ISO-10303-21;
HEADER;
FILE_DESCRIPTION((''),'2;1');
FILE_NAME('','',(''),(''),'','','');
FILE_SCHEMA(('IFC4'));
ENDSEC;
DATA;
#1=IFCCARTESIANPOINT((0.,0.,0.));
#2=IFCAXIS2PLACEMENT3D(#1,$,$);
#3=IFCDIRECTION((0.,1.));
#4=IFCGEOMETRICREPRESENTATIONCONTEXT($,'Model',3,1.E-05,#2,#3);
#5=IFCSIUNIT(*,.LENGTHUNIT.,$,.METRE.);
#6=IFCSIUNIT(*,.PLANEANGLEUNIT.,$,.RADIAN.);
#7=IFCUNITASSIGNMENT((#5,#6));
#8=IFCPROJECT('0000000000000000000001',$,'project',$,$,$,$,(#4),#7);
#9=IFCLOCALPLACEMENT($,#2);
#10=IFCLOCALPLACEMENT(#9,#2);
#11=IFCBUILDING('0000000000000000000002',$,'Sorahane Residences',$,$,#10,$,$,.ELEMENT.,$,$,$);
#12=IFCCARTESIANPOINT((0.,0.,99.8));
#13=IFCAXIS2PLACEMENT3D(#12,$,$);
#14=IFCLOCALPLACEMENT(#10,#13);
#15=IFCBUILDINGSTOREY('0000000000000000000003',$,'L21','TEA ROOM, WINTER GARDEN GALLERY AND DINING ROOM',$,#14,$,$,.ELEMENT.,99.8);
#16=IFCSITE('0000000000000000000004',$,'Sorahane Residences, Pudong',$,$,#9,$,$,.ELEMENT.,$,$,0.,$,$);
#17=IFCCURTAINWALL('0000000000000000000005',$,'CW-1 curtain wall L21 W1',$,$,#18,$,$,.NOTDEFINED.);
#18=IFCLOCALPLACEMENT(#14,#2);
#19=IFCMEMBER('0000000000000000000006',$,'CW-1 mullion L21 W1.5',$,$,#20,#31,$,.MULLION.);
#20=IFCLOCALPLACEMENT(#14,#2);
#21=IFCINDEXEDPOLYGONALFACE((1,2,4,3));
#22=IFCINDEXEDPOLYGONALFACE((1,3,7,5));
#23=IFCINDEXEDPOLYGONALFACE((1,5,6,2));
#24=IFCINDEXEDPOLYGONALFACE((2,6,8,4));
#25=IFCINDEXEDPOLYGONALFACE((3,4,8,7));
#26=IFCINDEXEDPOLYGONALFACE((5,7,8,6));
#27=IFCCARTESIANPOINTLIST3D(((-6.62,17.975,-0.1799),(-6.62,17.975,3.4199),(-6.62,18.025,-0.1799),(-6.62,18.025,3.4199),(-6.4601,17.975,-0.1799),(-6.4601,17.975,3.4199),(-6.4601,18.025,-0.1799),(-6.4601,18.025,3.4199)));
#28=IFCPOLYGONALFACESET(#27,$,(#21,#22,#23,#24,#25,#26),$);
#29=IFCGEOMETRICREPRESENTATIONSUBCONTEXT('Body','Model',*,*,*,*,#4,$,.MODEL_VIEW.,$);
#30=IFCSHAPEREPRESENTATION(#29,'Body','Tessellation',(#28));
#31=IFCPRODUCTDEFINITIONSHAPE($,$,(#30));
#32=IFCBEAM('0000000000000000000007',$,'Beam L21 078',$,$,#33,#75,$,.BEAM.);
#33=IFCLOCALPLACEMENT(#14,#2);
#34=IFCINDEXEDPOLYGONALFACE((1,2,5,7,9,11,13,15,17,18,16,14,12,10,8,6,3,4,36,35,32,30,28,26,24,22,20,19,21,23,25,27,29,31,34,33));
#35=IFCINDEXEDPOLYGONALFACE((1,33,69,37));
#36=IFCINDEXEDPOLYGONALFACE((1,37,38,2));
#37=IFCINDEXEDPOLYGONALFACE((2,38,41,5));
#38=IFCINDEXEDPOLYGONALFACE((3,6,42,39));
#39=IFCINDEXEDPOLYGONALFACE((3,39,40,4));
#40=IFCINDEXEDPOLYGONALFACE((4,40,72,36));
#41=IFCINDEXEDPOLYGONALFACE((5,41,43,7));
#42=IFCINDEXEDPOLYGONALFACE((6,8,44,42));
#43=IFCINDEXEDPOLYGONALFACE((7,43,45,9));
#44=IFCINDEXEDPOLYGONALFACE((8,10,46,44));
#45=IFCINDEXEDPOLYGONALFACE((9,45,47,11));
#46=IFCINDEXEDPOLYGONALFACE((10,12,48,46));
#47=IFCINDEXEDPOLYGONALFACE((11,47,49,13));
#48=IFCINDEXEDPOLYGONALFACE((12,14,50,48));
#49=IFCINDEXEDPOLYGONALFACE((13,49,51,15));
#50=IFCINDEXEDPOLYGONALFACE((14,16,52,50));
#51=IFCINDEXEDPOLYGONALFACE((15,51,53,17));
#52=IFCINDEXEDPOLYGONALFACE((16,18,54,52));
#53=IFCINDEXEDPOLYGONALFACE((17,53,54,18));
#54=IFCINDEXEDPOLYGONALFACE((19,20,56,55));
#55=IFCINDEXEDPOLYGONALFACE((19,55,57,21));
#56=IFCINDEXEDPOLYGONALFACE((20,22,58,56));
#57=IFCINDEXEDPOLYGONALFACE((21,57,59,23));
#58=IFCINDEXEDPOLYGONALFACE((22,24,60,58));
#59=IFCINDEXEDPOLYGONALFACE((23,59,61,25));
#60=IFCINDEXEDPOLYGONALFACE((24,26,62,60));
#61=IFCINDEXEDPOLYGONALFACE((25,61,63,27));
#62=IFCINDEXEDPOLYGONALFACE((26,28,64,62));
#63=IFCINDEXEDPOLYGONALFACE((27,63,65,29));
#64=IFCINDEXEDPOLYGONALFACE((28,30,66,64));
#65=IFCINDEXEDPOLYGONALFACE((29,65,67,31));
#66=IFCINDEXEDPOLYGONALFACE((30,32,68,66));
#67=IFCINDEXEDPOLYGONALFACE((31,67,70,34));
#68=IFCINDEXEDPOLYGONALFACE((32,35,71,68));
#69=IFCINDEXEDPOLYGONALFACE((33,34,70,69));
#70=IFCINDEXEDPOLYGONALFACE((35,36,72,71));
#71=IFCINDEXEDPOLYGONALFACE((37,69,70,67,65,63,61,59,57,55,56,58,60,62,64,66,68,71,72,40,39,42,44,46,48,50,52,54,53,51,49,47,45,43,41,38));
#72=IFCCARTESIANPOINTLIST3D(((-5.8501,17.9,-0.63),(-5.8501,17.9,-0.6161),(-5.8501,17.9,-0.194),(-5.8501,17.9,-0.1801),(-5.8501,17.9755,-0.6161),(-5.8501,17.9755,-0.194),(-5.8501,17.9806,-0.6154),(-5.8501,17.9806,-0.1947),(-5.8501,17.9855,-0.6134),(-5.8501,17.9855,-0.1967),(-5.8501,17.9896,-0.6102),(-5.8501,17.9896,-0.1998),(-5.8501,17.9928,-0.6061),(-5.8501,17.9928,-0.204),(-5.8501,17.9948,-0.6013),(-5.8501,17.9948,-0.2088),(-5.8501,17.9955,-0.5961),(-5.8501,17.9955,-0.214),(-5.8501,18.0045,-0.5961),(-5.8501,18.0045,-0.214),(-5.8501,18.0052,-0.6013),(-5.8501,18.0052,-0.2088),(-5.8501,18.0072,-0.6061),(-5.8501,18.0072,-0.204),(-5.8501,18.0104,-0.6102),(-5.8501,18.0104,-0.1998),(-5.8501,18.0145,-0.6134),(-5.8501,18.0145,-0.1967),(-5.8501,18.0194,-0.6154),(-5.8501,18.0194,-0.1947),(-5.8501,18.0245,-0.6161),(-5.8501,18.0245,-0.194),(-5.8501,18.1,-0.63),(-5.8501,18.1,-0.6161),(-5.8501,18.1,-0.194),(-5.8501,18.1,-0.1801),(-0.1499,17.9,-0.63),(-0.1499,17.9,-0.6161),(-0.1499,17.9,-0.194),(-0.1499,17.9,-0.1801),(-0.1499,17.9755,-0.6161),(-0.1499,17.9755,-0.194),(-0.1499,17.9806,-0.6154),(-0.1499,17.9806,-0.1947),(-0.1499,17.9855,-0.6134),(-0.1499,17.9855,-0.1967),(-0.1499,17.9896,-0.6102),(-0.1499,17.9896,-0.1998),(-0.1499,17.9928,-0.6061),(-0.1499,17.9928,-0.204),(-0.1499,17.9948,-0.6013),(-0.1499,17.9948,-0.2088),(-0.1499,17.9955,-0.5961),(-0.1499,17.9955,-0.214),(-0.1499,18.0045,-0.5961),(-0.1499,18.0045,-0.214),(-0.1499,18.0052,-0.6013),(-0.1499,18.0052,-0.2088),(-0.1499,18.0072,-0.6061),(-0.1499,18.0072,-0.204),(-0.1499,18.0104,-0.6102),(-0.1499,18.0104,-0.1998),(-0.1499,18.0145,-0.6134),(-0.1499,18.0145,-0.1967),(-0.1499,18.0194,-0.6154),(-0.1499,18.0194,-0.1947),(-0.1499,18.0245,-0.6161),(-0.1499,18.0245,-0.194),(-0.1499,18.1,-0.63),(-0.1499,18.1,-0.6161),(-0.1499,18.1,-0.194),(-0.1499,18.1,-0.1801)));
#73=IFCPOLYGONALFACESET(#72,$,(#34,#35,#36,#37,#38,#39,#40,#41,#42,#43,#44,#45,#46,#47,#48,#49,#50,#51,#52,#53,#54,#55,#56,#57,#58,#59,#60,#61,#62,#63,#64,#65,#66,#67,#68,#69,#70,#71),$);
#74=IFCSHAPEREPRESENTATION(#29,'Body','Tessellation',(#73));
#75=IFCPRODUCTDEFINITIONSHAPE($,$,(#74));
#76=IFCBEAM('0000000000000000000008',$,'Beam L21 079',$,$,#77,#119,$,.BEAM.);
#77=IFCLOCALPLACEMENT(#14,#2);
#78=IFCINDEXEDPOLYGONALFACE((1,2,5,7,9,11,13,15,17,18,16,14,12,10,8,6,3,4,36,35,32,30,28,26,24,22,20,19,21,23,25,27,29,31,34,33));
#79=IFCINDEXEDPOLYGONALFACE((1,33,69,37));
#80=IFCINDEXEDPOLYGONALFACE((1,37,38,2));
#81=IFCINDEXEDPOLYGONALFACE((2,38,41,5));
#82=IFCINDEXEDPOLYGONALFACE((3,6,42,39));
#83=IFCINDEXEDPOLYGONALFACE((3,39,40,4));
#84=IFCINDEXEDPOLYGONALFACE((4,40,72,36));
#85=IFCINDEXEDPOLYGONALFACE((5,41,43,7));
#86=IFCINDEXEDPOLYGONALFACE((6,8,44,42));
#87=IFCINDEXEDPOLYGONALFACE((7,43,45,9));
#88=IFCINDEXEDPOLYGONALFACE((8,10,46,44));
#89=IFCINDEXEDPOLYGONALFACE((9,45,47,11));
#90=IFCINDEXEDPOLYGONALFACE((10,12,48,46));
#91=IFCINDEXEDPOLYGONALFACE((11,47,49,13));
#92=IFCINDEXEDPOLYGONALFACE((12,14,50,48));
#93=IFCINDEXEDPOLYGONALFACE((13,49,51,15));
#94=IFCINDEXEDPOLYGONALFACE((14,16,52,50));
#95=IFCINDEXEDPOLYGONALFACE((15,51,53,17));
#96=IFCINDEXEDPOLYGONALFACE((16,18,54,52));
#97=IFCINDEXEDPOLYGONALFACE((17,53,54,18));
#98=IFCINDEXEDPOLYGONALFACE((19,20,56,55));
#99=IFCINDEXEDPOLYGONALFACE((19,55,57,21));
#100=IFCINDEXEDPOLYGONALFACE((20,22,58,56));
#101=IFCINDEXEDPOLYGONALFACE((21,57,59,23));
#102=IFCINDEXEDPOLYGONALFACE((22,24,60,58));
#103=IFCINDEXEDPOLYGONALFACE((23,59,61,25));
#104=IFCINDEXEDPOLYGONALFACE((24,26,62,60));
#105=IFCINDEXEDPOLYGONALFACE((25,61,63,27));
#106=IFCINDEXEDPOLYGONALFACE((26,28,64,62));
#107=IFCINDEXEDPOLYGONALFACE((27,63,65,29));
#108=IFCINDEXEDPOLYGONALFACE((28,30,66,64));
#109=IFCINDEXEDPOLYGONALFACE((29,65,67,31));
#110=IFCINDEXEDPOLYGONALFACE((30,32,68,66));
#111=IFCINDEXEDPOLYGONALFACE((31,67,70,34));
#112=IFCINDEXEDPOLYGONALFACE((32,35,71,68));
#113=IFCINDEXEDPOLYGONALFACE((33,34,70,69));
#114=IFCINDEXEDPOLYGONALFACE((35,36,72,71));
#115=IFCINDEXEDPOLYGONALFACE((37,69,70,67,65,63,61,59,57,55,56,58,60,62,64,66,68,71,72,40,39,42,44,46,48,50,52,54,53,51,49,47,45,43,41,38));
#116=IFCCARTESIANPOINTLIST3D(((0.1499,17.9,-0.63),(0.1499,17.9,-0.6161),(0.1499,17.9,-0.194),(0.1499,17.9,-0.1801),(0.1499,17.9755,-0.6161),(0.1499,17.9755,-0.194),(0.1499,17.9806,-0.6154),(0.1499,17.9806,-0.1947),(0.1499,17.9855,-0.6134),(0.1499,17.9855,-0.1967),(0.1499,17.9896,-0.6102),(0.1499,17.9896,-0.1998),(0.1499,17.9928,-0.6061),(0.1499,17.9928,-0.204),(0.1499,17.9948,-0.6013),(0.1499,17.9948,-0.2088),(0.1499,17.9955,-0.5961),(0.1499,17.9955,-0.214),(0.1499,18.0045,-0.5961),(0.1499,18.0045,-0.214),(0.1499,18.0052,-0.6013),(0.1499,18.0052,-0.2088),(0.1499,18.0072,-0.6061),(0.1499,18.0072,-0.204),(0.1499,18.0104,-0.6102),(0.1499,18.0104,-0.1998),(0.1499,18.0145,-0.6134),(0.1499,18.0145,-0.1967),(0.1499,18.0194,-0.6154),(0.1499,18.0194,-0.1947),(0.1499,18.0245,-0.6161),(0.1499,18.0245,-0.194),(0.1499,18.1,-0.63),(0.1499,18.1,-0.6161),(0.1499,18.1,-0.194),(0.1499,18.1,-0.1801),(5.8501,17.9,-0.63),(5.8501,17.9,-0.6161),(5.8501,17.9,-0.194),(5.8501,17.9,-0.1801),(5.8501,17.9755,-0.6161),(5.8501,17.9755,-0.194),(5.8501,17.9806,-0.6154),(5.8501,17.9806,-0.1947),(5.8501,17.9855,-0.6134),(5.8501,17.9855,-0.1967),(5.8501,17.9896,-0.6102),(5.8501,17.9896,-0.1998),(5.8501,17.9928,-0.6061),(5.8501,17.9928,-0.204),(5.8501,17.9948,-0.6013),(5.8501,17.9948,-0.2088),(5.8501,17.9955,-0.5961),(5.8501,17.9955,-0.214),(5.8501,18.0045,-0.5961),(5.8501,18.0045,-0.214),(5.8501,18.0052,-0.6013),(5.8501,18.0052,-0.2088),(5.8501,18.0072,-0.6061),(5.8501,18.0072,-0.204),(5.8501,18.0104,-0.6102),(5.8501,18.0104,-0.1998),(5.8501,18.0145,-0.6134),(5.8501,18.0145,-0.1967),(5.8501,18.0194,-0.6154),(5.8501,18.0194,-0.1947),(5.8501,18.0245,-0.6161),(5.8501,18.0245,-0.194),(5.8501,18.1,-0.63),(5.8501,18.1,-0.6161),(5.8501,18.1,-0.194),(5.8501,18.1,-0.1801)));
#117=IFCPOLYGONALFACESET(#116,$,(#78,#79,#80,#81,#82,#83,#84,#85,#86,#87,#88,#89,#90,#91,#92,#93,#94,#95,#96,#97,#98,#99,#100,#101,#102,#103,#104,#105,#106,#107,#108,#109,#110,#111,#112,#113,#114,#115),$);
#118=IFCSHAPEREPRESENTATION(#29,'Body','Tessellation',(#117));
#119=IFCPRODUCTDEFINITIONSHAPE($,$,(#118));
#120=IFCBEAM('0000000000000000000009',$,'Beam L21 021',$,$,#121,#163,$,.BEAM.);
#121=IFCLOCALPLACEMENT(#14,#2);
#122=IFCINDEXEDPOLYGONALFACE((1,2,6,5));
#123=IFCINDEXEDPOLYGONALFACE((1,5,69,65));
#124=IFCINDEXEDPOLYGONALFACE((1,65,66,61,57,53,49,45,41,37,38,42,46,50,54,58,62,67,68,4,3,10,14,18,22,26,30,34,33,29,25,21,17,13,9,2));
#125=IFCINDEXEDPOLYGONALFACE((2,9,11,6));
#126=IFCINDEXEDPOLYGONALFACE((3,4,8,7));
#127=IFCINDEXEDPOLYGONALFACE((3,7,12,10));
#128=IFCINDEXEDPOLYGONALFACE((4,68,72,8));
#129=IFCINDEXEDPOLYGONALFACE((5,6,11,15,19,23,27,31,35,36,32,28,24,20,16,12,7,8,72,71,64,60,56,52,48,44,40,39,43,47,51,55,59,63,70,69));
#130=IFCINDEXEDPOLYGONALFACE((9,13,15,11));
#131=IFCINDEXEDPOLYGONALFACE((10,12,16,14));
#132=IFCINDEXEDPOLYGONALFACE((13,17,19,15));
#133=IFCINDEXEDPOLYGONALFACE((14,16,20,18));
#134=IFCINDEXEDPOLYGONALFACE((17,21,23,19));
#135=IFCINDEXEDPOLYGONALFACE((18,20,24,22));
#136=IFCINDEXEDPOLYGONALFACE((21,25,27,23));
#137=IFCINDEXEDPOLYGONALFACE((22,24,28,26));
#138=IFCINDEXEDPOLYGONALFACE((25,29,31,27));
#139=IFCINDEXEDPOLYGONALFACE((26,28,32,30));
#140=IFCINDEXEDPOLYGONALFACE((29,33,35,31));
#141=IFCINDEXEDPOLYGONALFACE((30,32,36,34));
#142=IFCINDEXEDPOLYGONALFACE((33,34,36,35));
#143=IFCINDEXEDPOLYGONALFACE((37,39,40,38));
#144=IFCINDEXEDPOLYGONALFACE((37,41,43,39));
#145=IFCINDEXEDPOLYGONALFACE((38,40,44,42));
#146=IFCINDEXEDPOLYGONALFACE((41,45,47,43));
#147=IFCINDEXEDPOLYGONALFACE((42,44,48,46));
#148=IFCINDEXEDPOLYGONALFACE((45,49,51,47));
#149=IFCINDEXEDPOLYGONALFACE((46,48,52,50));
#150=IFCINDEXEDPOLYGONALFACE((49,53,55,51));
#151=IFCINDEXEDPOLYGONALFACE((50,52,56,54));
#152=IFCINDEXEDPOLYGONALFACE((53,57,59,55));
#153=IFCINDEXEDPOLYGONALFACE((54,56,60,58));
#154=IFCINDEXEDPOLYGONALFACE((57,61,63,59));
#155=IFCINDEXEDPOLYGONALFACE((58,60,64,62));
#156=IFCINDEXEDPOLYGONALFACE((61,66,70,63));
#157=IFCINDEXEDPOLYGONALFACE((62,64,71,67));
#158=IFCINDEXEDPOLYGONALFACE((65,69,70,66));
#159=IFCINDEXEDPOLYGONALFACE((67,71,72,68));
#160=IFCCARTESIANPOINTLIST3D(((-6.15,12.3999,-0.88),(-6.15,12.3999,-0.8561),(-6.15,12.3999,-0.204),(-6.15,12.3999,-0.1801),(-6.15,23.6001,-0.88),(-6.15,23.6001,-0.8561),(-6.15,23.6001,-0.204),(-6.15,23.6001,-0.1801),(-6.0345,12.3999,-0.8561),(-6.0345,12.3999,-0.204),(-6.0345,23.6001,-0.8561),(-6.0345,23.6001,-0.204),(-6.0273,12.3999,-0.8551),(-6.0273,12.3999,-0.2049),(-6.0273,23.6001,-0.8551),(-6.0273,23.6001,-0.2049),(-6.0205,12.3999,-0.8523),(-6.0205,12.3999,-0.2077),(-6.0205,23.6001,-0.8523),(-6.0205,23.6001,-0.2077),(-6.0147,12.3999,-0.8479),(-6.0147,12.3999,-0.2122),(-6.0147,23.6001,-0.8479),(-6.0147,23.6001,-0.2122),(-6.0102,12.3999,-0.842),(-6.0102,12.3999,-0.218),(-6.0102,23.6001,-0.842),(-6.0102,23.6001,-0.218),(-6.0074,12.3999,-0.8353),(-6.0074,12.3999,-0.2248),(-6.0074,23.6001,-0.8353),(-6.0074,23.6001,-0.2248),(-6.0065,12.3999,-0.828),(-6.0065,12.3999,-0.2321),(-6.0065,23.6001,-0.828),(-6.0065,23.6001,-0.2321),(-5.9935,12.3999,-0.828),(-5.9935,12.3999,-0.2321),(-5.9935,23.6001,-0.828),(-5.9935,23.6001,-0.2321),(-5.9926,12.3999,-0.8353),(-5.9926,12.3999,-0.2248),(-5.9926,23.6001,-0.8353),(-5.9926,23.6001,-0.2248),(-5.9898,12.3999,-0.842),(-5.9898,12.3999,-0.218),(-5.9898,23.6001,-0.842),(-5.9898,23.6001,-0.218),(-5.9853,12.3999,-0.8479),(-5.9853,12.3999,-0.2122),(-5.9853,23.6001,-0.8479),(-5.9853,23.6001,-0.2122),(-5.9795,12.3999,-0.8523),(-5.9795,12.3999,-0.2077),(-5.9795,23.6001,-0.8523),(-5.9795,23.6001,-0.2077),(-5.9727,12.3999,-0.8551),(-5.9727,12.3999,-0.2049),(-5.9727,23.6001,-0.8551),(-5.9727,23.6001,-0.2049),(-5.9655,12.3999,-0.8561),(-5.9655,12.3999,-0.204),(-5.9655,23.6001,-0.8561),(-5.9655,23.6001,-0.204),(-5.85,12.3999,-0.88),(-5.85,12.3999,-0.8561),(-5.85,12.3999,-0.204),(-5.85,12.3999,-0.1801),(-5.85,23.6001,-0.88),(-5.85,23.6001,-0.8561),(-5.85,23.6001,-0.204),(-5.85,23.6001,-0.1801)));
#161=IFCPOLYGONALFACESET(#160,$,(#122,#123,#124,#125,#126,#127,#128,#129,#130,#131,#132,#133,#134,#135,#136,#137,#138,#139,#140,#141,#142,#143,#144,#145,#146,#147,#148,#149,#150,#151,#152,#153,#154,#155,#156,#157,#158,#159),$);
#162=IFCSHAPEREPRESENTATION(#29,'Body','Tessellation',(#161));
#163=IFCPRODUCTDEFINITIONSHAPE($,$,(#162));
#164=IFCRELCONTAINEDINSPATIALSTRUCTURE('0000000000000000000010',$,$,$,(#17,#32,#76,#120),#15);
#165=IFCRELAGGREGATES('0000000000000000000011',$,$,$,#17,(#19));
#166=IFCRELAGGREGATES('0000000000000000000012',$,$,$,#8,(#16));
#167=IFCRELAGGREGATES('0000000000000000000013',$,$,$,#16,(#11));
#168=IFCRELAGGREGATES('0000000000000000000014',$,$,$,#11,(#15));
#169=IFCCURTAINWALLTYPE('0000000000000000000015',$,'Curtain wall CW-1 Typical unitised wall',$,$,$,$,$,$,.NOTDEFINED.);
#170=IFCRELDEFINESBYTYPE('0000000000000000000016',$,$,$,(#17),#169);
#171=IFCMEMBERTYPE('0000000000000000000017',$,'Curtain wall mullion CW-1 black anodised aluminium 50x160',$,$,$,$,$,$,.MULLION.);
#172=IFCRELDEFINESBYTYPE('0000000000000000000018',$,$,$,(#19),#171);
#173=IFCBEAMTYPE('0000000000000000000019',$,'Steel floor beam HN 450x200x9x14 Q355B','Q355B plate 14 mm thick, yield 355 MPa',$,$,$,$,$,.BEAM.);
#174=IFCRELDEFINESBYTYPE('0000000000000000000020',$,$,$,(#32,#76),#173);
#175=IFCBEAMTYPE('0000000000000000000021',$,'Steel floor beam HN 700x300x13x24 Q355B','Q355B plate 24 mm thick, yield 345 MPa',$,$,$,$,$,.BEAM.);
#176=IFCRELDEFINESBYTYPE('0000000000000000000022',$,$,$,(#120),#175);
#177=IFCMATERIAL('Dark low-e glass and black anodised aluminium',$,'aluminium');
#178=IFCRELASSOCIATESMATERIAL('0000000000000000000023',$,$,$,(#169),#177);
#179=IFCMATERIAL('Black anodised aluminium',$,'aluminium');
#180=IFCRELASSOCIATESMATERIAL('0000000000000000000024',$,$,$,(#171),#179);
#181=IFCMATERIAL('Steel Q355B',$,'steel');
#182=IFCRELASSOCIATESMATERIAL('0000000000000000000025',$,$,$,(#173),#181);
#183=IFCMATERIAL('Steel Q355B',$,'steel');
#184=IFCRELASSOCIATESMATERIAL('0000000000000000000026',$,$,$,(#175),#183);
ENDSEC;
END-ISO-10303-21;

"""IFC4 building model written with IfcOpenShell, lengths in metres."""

from ifc_helpers import new_model, si_unit, direction, frame, origin, origin_2d, place, context, subcontext, project, spatial, rectangle, i_section, extrude, material, material_profile, profile_set, type_object, element, aggregate, save


model = new_model("IFC4")

# Units and contexts
model_context = context("Model", 3, precision=1e-05, world=origin(), true_north=direction((0.0, 1.0)))
body_context = subcontext(model_context, "Body", "Model", "MODEL_VIEW")
ifc_project = project(units=[si_unit("LENGTHUNIT", "METRE"), si_unit("PLANEANGLEUNIT", "RADIAN")], contexts=[model_context])

# Site, building, storey
site_placement = place(None, origin())
site = spatial("IfcSite", under=ifc_project, at=site_placement, Name="Sorahane Residences, Pudong", CompositionType="ELEMENT", RefElevation=0.0)
building_placement = place(site_placement, origin())
building = spatial("IfcBuilding", under=site, at=building_placement, Name="Sorahane Residences", CompositionType="ELEMENT")
storey_placement = place(building_placement, frame((0.0, 0.0, 99.8)))
storey = spatial("IfcBuildingStorey", under=building, at=storey_placement, Name="L21", Description="TEA ROOM, WINTER GARDEN GALLERY AND DINING ROOM", CompositionType="ELEMENT", Elevation=99.8)

# Curtain wall, member
ifc_material_1 = material(Name="Dark low-e glass and black anodised aluminium", Category="aluminium")
curtain_wall_type = type_object("IfcCurtainWallType", Name="Curtain wall CW-1 Typical unitised wall", PredefinedType="NOTDEFINED", material=ifc_material_1)
curtain_wall_placement = place(storey_placement, origin())
curtain_wall = element("IfcCurtainWall", 1, at=curtain_wall_placement, inside=storey, type_object=curtain_wall_type, Name="CW-1 curtain wall L21 W1", PredefinedType="NOTDEFINED")
ifc_material_2 = material(Name="Black anodised aluminium", Category="aluminium")
ifc_material_profile_1 = material_profile(ifc_material_2, rectangle(XDim=0.1599, YDim=0.05, at=origin_2d()), Name="Curtain wall mullion CW-1 black anodised aluminium 50x160")
ifc_profile_set_1 = profile_set([ifc_material_profile_1], Name="Black anodised aluminium")
member_type = type_object("IfcMemberType", Name="Curtain wall mullion CW-1 black anodised aluminium 50x160", PredefinedType="MULLION", material=ifc_profile_set_1)
member_placement = place(storey_placement, frame((-6.54, 18.0, -0.1799), z_axis=(0.0, 0.0, 1.0), x_axis=(-1.0, 0.0, 0.0)))
member = element("IfcMember", 2, at=member_placement, type_object=member_type, Name="CW-1 mullion L21 W1.5", PredefinedType="MULLION", context=body_context, shape_type="SweptSolid", body=[
    extrude(rectangle(XDim=0.1599, YDim=0.05, at=origin_2d()), origin(), (0.0, 0.0, 1.0), 3.5999),
])

# Beams
ifc_material_3 = material(Name="Steel Q355B", Category="steel")
ifc_material_profile_2 = material_profile(ifc_material_3, i_section(OverallWidth=0.2, OverallDepth=0.45, WebThickness=0.009, FlangeThickness=0.0139, FilletRadius=0.02, at=origin_2d()), Name="HN 450x200x9x14")
ifc_profile_set_2 = profile_set([ifc_material_profile_2], Name="Steel Q355B")
beam_type_1 = type_object("IfcBeamType", Name="Steel floor beam HN 450x200x9x14 Q355B", Description="Q355B plate 14 mm thick, yield 355 MPa", PredefinedType="BEAM", material=ifc_profile_set_2)
for number, where, z_axis, x_axis, name in (
    (3, (-5.8501, 18.0, -0.405), (1.0, 0.0, 0.0), (0.0, 1.0, 0.0), "Beam L21 078"),
    (4, (0.1499, 18.0, -0.405), (1.0, 0.0, 0.0), (0.0, 1.0, 0.0), "Beam L21 079"),
):
    element("IfcBeam", number, at=place(storey_placement, frame(where, z_axis=z_axis, x_axis=x_axis)), inside=storey, type_object=beam_type_1, Name=name, PredefinedType="BEAM", context=body_context, shape_type="SweptSolid", body=[
        extrude(i_section(OverallWidth=0.2, OverallDepth=0.45, WebThickness=0.009, FlangeThickness=0.0139, FilletRadius=0.02, at=origin_2d()), origin(), (0.0, 0.0, 1.0), 5.7002),
    ])
ifc_material_4 = material(Name="Steel Q355B", Category="steel")
ifc_material_profile_3 = material_profile(ifc_material_4, i_section(OverallWidth=0.3, OverallDepth=0.7, WebThickness=0.0129, FlangeThickness=0.0239, FilletRadius=0.0281, at=origin_2d()), Name="HN 700x300x13x24")
ifc_profile_set_3 = profile_set([ifc_material_profile_3], Name="Steel Q355B")
beam_type_2 = type_object("IfcBeamType", Name="Steel floor beam HN 700x300x13x24 Q355B", Description="Q355B plate 24 mm thick, yield 345 MPa", PredefinedType="BEAM", material=ifc_profile_set_3)
beam_1_placement = place(storey_placement, frame((-6.0, 12.3999, -0.53), z_axis=(0.0, 1.0, 0.0), x_axis=(-1.0, 0.0, 0.0)))
element("IfcBeam", 5, at=beam_1_placement, inside=storey, type_object=beam_type_2, Name="Beam L21 021", PredefinedType="BEAM", context=body_context, shape_type="SweptSolid", body=[
    extrude(i_section(OverallWidth=0.3, OverallDepth=0.7, WebThickness=0.0129, FlangeThickness=0.0239, FilletRadius=0.0281, at=origin_2d()), origin(), (0.0, 0.0, 1.0), 11.2002),
])

aggregate(curtain_wall, [member])

save(model, "model.ifc")
